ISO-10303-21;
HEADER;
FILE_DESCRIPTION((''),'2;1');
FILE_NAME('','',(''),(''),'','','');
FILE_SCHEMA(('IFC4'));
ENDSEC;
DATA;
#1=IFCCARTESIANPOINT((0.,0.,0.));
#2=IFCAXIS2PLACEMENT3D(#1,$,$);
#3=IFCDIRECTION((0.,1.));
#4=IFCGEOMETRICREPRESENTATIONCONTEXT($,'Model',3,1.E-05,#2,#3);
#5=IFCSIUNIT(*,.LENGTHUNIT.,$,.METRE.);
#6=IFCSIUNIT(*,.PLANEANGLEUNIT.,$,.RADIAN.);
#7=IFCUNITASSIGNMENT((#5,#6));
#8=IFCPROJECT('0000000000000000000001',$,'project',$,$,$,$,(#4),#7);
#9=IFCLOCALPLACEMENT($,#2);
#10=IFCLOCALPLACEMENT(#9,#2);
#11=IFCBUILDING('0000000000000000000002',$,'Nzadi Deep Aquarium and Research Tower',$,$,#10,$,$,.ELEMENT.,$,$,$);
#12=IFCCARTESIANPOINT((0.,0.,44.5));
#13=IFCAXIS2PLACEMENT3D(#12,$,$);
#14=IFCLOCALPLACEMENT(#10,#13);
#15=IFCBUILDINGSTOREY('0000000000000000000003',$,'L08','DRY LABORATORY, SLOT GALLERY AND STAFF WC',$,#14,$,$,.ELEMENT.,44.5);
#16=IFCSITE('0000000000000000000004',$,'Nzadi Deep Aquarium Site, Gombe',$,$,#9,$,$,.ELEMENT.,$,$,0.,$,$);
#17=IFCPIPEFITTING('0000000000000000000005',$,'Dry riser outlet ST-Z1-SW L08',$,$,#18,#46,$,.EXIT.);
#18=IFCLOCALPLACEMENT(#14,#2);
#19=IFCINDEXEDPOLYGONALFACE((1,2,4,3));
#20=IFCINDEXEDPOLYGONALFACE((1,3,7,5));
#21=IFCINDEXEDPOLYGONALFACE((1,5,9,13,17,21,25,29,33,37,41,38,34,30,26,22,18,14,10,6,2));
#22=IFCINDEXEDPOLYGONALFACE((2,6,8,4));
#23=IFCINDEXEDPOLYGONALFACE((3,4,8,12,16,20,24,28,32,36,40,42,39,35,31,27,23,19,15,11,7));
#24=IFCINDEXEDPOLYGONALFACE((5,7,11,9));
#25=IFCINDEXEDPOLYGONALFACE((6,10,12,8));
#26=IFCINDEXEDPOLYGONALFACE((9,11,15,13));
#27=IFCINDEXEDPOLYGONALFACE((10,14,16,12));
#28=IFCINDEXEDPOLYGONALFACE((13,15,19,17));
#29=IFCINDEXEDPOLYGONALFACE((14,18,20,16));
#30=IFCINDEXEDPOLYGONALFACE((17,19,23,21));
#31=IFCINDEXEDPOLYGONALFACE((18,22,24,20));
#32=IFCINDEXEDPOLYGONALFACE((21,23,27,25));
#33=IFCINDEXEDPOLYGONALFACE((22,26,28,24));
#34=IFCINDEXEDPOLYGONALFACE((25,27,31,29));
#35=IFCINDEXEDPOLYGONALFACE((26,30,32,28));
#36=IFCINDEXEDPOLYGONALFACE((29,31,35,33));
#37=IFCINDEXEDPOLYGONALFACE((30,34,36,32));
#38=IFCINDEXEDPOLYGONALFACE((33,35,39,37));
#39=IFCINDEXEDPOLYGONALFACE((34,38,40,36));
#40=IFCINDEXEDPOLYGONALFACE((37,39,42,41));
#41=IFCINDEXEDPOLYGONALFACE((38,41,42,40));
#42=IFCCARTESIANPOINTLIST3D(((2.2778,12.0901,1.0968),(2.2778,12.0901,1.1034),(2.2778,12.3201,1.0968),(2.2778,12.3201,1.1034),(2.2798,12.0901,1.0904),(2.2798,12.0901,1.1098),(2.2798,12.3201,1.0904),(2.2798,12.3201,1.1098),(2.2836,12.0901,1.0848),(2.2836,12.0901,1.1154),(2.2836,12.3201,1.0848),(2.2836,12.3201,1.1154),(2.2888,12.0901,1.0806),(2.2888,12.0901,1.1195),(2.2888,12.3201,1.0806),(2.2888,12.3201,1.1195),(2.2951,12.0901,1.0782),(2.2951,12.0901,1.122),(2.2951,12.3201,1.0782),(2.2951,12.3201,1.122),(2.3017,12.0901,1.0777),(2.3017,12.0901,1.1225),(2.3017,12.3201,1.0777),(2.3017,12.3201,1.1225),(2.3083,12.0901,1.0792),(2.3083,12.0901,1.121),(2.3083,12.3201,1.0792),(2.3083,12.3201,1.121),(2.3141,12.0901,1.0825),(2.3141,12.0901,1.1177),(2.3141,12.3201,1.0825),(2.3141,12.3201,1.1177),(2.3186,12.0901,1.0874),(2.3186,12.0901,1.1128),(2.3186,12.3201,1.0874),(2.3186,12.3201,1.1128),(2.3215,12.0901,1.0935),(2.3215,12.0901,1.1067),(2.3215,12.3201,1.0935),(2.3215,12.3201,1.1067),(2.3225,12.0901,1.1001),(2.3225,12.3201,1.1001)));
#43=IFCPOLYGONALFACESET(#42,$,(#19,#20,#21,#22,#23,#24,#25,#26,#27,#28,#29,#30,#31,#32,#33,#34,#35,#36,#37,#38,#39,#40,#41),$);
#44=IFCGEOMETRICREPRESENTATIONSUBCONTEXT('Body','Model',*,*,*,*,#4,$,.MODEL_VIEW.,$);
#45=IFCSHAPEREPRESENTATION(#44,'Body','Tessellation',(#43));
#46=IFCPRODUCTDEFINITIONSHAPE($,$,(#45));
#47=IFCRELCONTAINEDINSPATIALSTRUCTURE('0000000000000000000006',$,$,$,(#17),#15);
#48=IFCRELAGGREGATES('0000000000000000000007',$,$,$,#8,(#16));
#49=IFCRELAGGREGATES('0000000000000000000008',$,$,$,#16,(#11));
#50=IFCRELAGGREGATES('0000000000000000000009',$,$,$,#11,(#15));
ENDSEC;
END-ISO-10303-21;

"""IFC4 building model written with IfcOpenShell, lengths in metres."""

from ifc_helpers import new_model, si_unit, direction, frame, origin, origin_2d, place, context, subcontext, project, spatial, circle, extrude, element, save


model = new_model("IFC4")

# Units and contexts
model_context = context("Model", 3, precision=1e-05, world=origin(), true_north=direction((0.0, 1.0)))
body_context = subcontext(model_context, "Body", "Model", "MODEL_VIEW")
ifc_project = project(units=[si_unit("LENGTHUNIT", "METRE"), si_unit("PLANEANGLEUNIT", "RADIAN")], contexts=[model_context])

# Site, building, storey
site_placement = place(None, origin())
site = spatial("IfcSite", under=ifc_project, at=site_placement, Name="Nzadi Deep Aquarium Site, Gombe", CompositionType="ELEMENT", RefElevation=0.0)
building_placement = place(site_placement, origin())
building = spatial("IfcBuilding", under=site, at=building_placement, Name="Nzadi Deep Aquarium and Research Tower", CompositionType="ELEMENT")
storey_placement = place(building_placement, frame((0.0, 0.0, 44.5)))
storey = spatial("IfcBuildingStorey", under=building, at=storey_placement, Name="L08", Description="DRY LABORATORY, SLOT GALLERY AND STAFF WC", CompositionType="ELEMENT", Elevation=44.5)

# Pipe fitting
pipe_fitting_placement = place(storey_placement, frame((2.3, 12.3201, 1.1001), z_axis=(0.0, -1.0, 0.0), x_axis=(1.0, 0.0, 0.0)))
element("IfcPipeFitting", 1, at=pipe_fitting_placement, inside=storey, Name="Dry riser outlet ST-Z1-SW L08", PredefinedType="EXIT", context=body_context, shape_type="SweptSolid", body=[
    extrude(circle(Radius=0.0225, at=origin_2d()), origin(), (0.0, 0.0, 1.0), 0.23),
])

save(model, "model.ifc")
